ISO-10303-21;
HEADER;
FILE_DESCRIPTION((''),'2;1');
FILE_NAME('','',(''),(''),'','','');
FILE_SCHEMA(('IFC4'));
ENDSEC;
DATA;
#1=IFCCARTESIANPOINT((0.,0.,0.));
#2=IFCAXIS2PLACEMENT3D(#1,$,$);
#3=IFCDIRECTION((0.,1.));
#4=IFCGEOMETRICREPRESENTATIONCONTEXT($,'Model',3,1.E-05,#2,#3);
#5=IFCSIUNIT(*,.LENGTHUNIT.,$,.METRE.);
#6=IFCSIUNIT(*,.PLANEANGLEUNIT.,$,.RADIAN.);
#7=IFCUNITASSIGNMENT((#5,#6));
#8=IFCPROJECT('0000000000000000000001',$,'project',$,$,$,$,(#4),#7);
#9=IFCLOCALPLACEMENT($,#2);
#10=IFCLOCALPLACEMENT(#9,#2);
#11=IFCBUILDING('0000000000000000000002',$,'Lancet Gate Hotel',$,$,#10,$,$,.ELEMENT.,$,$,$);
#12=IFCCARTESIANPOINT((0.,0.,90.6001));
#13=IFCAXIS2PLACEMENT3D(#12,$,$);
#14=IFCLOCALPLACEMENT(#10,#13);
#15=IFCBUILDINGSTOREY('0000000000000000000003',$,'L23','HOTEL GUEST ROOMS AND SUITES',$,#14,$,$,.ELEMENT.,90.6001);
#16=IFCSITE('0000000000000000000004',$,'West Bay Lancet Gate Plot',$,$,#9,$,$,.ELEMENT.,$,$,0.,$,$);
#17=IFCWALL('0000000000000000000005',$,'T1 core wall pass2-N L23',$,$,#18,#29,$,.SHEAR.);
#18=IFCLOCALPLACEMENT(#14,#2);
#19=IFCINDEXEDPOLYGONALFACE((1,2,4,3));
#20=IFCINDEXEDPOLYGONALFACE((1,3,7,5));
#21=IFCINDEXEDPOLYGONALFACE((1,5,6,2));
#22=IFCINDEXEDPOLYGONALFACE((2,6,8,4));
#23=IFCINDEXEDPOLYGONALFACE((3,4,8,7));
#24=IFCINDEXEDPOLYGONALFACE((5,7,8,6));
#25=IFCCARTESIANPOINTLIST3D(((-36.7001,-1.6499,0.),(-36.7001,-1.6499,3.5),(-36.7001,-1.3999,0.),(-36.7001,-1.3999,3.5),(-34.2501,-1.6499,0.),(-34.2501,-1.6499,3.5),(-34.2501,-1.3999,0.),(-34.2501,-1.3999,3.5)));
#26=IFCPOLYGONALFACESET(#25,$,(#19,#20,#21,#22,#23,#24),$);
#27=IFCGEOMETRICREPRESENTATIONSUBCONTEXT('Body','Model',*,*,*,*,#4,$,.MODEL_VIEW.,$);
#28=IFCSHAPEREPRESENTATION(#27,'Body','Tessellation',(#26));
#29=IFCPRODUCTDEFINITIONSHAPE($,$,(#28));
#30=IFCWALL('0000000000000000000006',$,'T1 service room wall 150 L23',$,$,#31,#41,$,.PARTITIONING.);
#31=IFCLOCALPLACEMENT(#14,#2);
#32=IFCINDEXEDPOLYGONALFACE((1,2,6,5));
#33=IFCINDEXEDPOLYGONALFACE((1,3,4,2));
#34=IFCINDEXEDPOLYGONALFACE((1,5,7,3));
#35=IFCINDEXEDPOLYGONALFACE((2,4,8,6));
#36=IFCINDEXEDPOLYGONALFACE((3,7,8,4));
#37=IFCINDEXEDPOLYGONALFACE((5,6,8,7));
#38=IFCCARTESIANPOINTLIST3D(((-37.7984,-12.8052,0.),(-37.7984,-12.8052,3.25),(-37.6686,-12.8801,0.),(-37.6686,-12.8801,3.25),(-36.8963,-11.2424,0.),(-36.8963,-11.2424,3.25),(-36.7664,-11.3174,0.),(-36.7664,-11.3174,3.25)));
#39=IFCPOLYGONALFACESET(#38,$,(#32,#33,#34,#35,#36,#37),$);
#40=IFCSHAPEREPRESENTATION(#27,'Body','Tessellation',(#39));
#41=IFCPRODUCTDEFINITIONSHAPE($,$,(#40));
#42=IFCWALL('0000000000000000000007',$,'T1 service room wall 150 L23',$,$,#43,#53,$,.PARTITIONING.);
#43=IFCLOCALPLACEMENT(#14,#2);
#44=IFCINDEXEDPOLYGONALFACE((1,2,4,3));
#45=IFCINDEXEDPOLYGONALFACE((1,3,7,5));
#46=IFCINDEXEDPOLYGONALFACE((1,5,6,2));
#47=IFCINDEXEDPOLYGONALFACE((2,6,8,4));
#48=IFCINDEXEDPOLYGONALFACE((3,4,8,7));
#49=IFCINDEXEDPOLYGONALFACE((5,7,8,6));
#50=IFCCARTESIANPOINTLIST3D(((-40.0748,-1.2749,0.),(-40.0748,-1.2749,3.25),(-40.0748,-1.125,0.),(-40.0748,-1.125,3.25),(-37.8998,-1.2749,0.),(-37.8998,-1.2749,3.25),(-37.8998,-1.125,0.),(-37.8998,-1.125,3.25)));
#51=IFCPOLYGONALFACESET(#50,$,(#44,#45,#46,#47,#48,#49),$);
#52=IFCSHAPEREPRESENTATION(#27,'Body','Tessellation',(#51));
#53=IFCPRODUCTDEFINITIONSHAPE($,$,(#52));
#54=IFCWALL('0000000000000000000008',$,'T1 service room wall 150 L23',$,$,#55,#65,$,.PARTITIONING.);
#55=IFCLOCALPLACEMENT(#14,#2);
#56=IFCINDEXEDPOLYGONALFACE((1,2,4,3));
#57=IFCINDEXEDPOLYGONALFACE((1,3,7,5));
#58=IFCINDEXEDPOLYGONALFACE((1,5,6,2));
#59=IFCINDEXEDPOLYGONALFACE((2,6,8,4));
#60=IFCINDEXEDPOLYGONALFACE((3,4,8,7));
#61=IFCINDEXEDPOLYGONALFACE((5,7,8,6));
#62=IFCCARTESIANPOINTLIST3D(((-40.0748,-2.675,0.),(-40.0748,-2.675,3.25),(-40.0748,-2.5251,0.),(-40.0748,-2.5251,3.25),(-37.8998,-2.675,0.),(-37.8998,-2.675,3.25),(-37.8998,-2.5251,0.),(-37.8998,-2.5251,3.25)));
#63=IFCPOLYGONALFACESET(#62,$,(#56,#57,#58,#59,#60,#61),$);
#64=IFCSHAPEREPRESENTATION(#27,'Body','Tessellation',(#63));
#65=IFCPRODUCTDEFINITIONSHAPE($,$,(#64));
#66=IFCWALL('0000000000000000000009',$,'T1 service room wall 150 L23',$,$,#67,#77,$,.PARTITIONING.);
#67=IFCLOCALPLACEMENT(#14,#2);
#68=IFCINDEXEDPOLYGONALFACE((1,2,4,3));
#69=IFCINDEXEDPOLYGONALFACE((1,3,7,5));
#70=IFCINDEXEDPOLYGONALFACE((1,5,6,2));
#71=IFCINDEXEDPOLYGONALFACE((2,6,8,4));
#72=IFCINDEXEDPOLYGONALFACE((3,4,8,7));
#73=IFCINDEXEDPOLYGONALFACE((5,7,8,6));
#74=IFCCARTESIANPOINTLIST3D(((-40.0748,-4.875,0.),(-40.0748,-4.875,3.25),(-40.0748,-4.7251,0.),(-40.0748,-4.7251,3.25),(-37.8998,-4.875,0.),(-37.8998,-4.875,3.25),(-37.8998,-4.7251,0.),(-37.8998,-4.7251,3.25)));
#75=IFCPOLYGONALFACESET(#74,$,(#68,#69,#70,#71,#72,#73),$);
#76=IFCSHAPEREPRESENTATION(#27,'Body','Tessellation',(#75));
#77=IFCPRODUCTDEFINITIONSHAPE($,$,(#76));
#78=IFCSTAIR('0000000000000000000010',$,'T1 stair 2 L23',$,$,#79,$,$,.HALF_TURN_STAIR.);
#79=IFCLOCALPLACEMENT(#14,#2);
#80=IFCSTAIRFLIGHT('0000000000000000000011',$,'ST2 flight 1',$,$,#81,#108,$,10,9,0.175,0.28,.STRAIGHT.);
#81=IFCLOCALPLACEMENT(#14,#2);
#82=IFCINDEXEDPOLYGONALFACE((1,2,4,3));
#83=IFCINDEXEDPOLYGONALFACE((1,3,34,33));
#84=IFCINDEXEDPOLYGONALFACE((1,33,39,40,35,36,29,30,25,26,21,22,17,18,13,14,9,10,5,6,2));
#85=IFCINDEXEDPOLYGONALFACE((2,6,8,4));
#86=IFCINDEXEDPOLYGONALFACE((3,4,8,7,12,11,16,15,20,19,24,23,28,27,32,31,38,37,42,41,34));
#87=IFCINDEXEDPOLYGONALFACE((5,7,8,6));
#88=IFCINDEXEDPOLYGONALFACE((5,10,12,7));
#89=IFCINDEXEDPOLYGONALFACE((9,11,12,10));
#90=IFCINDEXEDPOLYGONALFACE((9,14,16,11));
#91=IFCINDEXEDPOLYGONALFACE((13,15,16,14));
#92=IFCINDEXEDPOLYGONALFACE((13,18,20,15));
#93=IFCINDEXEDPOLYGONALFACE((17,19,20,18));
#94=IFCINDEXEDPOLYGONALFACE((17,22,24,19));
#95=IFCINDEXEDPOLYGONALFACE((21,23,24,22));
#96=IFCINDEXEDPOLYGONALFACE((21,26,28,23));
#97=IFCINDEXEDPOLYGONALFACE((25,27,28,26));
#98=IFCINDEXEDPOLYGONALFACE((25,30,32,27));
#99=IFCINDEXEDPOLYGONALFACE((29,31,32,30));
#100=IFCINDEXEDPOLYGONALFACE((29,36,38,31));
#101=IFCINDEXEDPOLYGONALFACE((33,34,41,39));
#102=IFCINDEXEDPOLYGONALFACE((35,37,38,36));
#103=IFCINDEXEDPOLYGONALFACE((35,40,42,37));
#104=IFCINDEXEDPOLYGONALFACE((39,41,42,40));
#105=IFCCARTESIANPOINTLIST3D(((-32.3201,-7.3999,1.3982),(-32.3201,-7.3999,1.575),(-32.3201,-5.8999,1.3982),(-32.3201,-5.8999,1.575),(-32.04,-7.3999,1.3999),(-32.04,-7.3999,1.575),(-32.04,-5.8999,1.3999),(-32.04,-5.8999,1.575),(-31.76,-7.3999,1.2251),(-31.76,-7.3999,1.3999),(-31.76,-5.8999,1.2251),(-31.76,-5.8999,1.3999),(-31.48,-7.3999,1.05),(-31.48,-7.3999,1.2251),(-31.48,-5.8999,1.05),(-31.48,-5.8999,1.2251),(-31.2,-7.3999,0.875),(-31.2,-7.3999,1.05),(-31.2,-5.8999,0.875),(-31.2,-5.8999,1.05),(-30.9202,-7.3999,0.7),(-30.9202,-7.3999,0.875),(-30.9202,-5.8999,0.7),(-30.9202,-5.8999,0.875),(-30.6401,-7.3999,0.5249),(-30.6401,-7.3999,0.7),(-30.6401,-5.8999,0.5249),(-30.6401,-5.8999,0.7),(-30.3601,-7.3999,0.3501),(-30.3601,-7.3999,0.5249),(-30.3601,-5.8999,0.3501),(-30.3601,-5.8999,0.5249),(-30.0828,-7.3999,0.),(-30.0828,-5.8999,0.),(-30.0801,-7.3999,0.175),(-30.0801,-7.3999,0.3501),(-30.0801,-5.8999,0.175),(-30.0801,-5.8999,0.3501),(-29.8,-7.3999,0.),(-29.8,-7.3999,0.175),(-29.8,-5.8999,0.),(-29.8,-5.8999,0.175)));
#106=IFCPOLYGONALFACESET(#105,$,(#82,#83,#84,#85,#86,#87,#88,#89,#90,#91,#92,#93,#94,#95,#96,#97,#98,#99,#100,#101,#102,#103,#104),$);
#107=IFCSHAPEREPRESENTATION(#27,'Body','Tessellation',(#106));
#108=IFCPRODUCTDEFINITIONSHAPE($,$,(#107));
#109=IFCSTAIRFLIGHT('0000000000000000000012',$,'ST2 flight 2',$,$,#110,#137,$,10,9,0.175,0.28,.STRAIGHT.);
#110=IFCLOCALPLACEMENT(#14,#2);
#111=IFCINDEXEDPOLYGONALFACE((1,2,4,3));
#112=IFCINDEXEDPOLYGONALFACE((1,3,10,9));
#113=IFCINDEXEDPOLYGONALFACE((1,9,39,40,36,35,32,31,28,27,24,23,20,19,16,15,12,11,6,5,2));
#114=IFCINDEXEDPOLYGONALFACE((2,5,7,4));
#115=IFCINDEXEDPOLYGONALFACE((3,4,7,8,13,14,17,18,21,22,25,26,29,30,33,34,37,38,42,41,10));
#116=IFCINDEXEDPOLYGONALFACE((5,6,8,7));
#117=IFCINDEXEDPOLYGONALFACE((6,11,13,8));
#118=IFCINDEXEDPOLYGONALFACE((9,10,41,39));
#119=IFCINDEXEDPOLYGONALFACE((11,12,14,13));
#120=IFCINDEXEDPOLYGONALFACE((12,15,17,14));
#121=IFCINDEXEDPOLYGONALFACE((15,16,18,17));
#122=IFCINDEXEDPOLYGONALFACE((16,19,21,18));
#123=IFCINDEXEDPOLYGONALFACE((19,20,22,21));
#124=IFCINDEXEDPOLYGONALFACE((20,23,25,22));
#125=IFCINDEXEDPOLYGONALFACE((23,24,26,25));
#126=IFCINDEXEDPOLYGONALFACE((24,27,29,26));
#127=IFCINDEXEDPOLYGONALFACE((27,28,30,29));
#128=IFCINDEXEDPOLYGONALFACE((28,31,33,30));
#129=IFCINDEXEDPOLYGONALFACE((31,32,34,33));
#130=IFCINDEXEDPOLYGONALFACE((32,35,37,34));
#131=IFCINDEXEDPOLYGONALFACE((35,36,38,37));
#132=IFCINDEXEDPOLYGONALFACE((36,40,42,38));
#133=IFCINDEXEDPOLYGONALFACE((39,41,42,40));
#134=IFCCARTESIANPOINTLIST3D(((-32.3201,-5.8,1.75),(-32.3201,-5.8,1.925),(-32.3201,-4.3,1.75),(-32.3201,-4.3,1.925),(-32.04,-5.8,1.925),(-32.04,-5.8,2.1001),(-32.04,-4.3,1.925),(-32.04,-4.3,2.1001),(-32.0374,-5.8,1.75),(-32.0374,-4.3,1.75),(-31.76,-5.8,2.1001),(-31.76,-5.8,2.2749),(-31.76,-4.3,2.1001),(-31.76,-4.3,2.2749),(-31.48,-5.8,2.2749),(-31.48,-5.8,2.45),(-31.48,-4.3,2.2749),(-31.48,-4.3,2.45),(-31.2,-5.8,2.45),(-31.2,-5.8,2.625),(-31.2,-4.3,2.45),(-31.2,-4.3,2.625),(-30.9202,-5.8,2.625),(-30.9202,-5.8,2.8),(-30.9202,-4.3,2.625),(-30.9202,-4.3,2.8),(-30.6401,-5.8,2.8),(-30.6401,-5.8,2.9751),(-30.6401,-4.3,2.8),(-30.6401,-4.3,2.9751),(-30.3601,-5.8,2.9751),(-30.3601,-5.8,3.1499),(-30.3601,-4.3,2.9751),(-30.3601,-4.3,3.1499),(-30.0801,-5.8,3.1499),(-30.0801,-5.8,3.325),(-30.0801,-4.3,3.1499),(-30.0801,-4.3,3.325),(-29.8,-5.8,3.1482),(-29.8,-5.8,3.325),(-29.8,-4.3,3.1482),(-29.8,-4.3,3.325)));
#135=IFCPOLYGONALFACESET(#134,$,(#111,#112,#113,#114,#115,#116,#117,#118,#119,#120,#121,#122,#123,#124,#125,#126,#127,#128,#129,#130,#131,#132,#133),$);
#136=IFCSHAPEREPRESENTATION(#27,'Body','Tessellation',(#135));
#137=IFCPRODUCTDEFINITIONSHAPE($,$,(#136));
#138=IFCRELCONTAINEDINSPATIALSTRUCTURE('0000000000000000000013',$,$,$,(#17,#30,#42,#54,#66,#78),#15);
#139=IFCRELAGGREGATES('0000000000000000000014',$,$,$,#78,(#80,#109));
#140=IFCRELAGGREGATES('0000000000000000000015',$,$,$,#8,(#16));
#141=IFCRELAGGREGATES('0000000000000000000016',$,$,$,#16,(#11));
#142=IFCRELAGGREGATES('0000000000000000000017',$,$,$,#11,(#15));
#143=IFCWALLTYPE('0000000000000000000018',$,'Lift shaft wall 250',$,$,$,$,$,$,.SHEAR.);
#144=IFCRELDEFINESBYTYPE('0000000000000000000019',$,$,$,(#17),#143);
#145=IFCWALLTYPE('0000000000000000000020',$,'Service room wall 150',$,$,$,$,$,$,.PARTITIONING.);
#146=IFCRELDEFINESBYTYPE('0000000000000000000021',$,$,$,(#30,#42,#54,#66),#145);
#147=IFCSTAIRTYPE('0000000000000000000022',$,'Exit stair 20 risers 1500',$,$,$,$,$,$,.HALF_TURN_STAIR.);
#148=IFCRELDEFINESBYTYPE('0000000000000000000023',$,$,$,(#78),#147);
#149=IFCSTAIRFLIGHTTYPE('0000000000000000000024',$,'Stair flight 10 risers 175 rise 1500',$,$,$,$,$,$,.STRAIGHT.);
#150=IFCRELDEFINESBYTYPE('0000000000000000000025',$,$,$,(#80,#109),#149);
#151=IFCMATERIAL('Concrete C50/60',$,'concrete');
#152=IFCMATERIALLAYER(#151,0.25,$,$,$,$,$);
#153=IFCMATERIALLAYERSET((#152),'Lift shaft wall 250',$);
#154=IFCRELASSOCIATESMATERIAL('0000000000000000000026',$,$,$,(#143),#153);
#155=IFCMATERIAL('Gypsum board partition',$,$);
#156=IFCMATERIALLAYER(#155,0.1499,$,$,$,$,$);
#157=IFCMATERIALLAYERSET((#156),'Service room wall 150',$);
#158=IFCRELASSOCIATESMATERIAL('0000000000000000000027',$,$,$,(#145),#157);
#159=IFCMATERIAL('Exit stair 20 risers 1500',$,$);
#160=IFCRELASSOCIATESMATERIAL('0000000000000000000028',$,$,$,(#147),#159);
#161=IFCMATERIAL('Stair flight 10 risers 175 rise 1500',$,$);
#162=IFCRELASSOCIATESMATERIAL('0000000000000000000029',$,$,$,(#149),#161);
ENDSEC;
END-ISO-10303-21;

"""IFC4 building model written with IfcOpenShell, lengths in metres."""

from ifc_helpers import new_model, si_unit, direction, frame, frame_2d, origin, place, context, subcontext, project, spatial, polyline, rectangle, outline, extrude, material, layer, layer_set, type_object, element, aggregate, save


model = new_model("IFC4")

# Units and contexts
model_context = context("Model", 3, precision=1e-05, world=origin(), true_north=direction((0.0, 1.0)))
body_context = subcontext(model_context, "Body", "Model", "MODEL_VIEW")
ifc_project = project(units=[si_unit("LENGTHUNIT", "METRE"), si_unit("PLANEANGLEUNIT", "RADIAN")], contexts=[model_context])

# Site, building, storey
site_placement = place(None, origin())
site = spatial("IfcSite", under=ifc_project, at=site_placement, Name="West Bay Lancet Gate Plot", CompositionType="ELEMENT", RefElevation=0.0)
building_placement = place(site_placement, origin())
building = spatial("IfcBuilding", under=site, at=building_placement, Name="Lancet Gate Hotel", CompositionType="ELEMENT")
storey_placement = place(building_placement, frame((0.0, 0.0, 90.6001)))
storey = spatial("IfcBuildingStorey", under=building, at=storey_placement, Name="L23", Description="HOTEL GUEST ROOMS AND SUITES", CompositionType="ELEMENT", Elevation=90.6001)

# Shared definitions
ifc_material_1 = material(Name="Concrete C50/60", Category="concrete")
ifc_layer_1 = layer(ifc_material_1, 0.25)
ifc_layer_set_1 = layer_set([ifc_layer_1], Name="Lift shaft wall 250")
wall_type_1 = type_object("IfcWallType", Name="Lift shaft wall 250", PredefinedType="SHEAR", material=ifc_layer_set_1)

# Walls
wall_1_placement = place(storey_placement, frame((-34.25, -1.5249, 0.0), z_axis=(0.0, 0.0, 1.0), x_axis=(-1.0, 0.0, 0.0)))
element("IfcWall", 1, at=wall_1_placement, inside=storey, type_object=wall_type_1, Name="T1 core wall pass2-N L23", PredefinedType="SHEAR", context=body_context, shape_type="SweptSolid", body=[
    extrude(rectangle(XDim=2.45, YDim=0.25, at=frame_2d((1.2251, 0.0))), origin(), (0.0, 0.0, 1.0), 3.5),
])
ifc_material_2 = material(Name="Gypsum board partition")
ifc_layer_2 = layer(ifc_material_2, 0.1499)
ifc_layer_set_2 = layer_set([ifc_layer_2], Name="Service room wall 150")
wall_type_2 = type_object("IfcWallType", Name="Service room wall 150", PredefinedType="PARTITIONING", material=ifc_layer_set_2)
wall_2_placement = place(storey_placement, frame((-36.8313, -11.2798, 0.0), z_axis=(0.0, 0.0, 1.0), x_axis=(-0.499937, -0.866062, 0.0)))
element("IfcWall", 2, at=wall_2_placement, inside=storey, type_object=wall_type_2, Name="T1 service room wall 150 L23", PredefinedType="PARTITIONING", context=body_context, shape_type="SweptSolid", body=[
    extrude(rectangle(XDim=1.8044, YDim=0.1499, at=frame_2d((0.9023, 0.0))), origin(), (0.0, 0.0, 1.0), 3.25),
])
for number, where, z_axis, x_axis, name in (
    (3, (-37.8999, -1.2, 0.0), (0.0, 0.0, 1.0), (-1.0, 0.0, 0.0), "T1 service room wall 150 L23"),
    (4, (-37.8999, -2.6001, 0.0), (0.0, 0.0, 1.0), (-1.0, 0.0, 0.0), "T1 service room wall 150 L23"),
    (5, (-37.8999, -4.8, 0.0), (0.0, 0.0, 1.0), (-1.0, 0.0, 0.0), "T1 service room wall 150 L23"),
):
    element("IfcWall", number, at=place(storey_placement, frame(where, z_axis=z_axis, x_axis=x_axis)), inside=storey, type_object=wall_type_2, Name=name, PredefinedType="PARTITIONING", context=body_context, shape_type="SweptSolid", body=[
        extrude(rectangle(XDim=2.175, YDim=0.1499, at=frame_2d((1.0874, 0.0))), origin(), (0.0, 0.0, 1.0), 3.25),
    ])

# Stair, stair flights
ifc_material_3 = material(Name="Exit stair 20 risers 1500")
stair_type = type_object("IfcStairType", Name="Exit stair 20 risers 1500", PredefinedType="HALF_TURN_STAIR", material=ifc_material_3)
stair_placement = place(storey_placement, origin())
stair = element("IfcStair", 6, at=stair_placement, inside=storey, type_object=stair_type, Name="T1 stair 2 L23", PredefinedType="HALF_TURN_STAIR")
ifc_material_4 = material(Name="Stair flight 10 risers 175 rise 1500")
stair_flight_type = type_object("IfcStairFlightType", Name="Stair flight 10 risers 175 rise 1500", PredefinedType="STRAIGHT", material=ifc_material_4)
stair_flight_1_placement = place(storey_placement, frame((-29.8, -6.6499, 0.0), z_axis=(0.0, 0.0, 1.0), x_axis=(-1.0, 0.0, 0.0)))
stair_flight_1 = element("IfcStairFlight", 7, at=stair_flight_1_placement, type_object=stair_flight_type, Name="ST2 flight 1", NumberOfRisers=10, NumberOfTreads=9, PredefinedType="STRAIGHT", RiserHeight=0.175, TreadLength=0.28, context=body_context, shape_type="SweptSolid", body=[
    extrude(outline(polyline([(0.0, 0.0), (0.0, 0.175), (0.28, 0.175), (0.28, 0.3501), (0.5601, 0.3501), (0.5601, 0.5249), (0.8401, 0.5249), (0.8401, 0.7), (1.1201, 0.7), (1.1201, 0.875), (1.3999, 0.875), (1.3999, 1.05), (1.6799, 1.05), (1.6799, 1.2251), (1.96, 1.2251), (1.96, 1.3999), (2.24, 1.3999), (2.24, 1.575), (2.52, 1.575), (2.52, 1.75), (2.52, 1.3982), (0.2827, 0.0), (0.0, 0.0)])), frame((0.0, 0.75, 0.0), z_axis=(0.0, -1.0, 0.0), x_axis=(1.0, 0.0, 0.0)), (0.0, 0.0, 1.0), 1.5),
])
stair_flight_2_placement = place(storey_placement, frame((-32.3201, -5.05, 1.75), z_axis=(0.0, 0.0, 1.0), x_axis=(1.0, 0.0, 0.0)))
stair_flight_2 = element("IfcStairFlight", 8, at=stair_flight_2_placement, type_object=stair_flight_type, Name="ST2 flight 2", NumberOfRisers=10, NumberOfTreads=9, PredefinedType="STRAIGHT", RiserHeight=0.175, TreadLength=0.28, context=body_context, shape_type="SweptSolid", body=[
    extrude(outline(polyline([(0.0, 0.0), (0.0, 0.175), (0.28, 0.175), (0.28, 0.3501), (0.5601, 0.3501), (0.5601, 0.5249), (0.8401, 0.5249), (0.8401, 0.7), (1.1201, 0.7), (1.1201, 0.875), (1.3999, 0.875), (1.3999, 1.05), (1.6799, 1.05), (1.6799, 1.2251), (1.96, 1.2251), (1.96, 1.3999), (2.24, 1.3999), (2.24, 1.575), (2.52, 1.575), (2.52, 1.75), (2.52, 1.3982), (0.2827, 0.0), (0.0, 0.0)])), frame((0.0, 0.75, 0.0), z_axis=(0.0, -1.0, 0.0), x_axis=(1.0, 0.0, 0.0)), (0.0, 0.0, 1.0), 1.5),
])
aggregate(stair, [stair_flight_1, stair_flight_2])

save(model, "model.ifc")
